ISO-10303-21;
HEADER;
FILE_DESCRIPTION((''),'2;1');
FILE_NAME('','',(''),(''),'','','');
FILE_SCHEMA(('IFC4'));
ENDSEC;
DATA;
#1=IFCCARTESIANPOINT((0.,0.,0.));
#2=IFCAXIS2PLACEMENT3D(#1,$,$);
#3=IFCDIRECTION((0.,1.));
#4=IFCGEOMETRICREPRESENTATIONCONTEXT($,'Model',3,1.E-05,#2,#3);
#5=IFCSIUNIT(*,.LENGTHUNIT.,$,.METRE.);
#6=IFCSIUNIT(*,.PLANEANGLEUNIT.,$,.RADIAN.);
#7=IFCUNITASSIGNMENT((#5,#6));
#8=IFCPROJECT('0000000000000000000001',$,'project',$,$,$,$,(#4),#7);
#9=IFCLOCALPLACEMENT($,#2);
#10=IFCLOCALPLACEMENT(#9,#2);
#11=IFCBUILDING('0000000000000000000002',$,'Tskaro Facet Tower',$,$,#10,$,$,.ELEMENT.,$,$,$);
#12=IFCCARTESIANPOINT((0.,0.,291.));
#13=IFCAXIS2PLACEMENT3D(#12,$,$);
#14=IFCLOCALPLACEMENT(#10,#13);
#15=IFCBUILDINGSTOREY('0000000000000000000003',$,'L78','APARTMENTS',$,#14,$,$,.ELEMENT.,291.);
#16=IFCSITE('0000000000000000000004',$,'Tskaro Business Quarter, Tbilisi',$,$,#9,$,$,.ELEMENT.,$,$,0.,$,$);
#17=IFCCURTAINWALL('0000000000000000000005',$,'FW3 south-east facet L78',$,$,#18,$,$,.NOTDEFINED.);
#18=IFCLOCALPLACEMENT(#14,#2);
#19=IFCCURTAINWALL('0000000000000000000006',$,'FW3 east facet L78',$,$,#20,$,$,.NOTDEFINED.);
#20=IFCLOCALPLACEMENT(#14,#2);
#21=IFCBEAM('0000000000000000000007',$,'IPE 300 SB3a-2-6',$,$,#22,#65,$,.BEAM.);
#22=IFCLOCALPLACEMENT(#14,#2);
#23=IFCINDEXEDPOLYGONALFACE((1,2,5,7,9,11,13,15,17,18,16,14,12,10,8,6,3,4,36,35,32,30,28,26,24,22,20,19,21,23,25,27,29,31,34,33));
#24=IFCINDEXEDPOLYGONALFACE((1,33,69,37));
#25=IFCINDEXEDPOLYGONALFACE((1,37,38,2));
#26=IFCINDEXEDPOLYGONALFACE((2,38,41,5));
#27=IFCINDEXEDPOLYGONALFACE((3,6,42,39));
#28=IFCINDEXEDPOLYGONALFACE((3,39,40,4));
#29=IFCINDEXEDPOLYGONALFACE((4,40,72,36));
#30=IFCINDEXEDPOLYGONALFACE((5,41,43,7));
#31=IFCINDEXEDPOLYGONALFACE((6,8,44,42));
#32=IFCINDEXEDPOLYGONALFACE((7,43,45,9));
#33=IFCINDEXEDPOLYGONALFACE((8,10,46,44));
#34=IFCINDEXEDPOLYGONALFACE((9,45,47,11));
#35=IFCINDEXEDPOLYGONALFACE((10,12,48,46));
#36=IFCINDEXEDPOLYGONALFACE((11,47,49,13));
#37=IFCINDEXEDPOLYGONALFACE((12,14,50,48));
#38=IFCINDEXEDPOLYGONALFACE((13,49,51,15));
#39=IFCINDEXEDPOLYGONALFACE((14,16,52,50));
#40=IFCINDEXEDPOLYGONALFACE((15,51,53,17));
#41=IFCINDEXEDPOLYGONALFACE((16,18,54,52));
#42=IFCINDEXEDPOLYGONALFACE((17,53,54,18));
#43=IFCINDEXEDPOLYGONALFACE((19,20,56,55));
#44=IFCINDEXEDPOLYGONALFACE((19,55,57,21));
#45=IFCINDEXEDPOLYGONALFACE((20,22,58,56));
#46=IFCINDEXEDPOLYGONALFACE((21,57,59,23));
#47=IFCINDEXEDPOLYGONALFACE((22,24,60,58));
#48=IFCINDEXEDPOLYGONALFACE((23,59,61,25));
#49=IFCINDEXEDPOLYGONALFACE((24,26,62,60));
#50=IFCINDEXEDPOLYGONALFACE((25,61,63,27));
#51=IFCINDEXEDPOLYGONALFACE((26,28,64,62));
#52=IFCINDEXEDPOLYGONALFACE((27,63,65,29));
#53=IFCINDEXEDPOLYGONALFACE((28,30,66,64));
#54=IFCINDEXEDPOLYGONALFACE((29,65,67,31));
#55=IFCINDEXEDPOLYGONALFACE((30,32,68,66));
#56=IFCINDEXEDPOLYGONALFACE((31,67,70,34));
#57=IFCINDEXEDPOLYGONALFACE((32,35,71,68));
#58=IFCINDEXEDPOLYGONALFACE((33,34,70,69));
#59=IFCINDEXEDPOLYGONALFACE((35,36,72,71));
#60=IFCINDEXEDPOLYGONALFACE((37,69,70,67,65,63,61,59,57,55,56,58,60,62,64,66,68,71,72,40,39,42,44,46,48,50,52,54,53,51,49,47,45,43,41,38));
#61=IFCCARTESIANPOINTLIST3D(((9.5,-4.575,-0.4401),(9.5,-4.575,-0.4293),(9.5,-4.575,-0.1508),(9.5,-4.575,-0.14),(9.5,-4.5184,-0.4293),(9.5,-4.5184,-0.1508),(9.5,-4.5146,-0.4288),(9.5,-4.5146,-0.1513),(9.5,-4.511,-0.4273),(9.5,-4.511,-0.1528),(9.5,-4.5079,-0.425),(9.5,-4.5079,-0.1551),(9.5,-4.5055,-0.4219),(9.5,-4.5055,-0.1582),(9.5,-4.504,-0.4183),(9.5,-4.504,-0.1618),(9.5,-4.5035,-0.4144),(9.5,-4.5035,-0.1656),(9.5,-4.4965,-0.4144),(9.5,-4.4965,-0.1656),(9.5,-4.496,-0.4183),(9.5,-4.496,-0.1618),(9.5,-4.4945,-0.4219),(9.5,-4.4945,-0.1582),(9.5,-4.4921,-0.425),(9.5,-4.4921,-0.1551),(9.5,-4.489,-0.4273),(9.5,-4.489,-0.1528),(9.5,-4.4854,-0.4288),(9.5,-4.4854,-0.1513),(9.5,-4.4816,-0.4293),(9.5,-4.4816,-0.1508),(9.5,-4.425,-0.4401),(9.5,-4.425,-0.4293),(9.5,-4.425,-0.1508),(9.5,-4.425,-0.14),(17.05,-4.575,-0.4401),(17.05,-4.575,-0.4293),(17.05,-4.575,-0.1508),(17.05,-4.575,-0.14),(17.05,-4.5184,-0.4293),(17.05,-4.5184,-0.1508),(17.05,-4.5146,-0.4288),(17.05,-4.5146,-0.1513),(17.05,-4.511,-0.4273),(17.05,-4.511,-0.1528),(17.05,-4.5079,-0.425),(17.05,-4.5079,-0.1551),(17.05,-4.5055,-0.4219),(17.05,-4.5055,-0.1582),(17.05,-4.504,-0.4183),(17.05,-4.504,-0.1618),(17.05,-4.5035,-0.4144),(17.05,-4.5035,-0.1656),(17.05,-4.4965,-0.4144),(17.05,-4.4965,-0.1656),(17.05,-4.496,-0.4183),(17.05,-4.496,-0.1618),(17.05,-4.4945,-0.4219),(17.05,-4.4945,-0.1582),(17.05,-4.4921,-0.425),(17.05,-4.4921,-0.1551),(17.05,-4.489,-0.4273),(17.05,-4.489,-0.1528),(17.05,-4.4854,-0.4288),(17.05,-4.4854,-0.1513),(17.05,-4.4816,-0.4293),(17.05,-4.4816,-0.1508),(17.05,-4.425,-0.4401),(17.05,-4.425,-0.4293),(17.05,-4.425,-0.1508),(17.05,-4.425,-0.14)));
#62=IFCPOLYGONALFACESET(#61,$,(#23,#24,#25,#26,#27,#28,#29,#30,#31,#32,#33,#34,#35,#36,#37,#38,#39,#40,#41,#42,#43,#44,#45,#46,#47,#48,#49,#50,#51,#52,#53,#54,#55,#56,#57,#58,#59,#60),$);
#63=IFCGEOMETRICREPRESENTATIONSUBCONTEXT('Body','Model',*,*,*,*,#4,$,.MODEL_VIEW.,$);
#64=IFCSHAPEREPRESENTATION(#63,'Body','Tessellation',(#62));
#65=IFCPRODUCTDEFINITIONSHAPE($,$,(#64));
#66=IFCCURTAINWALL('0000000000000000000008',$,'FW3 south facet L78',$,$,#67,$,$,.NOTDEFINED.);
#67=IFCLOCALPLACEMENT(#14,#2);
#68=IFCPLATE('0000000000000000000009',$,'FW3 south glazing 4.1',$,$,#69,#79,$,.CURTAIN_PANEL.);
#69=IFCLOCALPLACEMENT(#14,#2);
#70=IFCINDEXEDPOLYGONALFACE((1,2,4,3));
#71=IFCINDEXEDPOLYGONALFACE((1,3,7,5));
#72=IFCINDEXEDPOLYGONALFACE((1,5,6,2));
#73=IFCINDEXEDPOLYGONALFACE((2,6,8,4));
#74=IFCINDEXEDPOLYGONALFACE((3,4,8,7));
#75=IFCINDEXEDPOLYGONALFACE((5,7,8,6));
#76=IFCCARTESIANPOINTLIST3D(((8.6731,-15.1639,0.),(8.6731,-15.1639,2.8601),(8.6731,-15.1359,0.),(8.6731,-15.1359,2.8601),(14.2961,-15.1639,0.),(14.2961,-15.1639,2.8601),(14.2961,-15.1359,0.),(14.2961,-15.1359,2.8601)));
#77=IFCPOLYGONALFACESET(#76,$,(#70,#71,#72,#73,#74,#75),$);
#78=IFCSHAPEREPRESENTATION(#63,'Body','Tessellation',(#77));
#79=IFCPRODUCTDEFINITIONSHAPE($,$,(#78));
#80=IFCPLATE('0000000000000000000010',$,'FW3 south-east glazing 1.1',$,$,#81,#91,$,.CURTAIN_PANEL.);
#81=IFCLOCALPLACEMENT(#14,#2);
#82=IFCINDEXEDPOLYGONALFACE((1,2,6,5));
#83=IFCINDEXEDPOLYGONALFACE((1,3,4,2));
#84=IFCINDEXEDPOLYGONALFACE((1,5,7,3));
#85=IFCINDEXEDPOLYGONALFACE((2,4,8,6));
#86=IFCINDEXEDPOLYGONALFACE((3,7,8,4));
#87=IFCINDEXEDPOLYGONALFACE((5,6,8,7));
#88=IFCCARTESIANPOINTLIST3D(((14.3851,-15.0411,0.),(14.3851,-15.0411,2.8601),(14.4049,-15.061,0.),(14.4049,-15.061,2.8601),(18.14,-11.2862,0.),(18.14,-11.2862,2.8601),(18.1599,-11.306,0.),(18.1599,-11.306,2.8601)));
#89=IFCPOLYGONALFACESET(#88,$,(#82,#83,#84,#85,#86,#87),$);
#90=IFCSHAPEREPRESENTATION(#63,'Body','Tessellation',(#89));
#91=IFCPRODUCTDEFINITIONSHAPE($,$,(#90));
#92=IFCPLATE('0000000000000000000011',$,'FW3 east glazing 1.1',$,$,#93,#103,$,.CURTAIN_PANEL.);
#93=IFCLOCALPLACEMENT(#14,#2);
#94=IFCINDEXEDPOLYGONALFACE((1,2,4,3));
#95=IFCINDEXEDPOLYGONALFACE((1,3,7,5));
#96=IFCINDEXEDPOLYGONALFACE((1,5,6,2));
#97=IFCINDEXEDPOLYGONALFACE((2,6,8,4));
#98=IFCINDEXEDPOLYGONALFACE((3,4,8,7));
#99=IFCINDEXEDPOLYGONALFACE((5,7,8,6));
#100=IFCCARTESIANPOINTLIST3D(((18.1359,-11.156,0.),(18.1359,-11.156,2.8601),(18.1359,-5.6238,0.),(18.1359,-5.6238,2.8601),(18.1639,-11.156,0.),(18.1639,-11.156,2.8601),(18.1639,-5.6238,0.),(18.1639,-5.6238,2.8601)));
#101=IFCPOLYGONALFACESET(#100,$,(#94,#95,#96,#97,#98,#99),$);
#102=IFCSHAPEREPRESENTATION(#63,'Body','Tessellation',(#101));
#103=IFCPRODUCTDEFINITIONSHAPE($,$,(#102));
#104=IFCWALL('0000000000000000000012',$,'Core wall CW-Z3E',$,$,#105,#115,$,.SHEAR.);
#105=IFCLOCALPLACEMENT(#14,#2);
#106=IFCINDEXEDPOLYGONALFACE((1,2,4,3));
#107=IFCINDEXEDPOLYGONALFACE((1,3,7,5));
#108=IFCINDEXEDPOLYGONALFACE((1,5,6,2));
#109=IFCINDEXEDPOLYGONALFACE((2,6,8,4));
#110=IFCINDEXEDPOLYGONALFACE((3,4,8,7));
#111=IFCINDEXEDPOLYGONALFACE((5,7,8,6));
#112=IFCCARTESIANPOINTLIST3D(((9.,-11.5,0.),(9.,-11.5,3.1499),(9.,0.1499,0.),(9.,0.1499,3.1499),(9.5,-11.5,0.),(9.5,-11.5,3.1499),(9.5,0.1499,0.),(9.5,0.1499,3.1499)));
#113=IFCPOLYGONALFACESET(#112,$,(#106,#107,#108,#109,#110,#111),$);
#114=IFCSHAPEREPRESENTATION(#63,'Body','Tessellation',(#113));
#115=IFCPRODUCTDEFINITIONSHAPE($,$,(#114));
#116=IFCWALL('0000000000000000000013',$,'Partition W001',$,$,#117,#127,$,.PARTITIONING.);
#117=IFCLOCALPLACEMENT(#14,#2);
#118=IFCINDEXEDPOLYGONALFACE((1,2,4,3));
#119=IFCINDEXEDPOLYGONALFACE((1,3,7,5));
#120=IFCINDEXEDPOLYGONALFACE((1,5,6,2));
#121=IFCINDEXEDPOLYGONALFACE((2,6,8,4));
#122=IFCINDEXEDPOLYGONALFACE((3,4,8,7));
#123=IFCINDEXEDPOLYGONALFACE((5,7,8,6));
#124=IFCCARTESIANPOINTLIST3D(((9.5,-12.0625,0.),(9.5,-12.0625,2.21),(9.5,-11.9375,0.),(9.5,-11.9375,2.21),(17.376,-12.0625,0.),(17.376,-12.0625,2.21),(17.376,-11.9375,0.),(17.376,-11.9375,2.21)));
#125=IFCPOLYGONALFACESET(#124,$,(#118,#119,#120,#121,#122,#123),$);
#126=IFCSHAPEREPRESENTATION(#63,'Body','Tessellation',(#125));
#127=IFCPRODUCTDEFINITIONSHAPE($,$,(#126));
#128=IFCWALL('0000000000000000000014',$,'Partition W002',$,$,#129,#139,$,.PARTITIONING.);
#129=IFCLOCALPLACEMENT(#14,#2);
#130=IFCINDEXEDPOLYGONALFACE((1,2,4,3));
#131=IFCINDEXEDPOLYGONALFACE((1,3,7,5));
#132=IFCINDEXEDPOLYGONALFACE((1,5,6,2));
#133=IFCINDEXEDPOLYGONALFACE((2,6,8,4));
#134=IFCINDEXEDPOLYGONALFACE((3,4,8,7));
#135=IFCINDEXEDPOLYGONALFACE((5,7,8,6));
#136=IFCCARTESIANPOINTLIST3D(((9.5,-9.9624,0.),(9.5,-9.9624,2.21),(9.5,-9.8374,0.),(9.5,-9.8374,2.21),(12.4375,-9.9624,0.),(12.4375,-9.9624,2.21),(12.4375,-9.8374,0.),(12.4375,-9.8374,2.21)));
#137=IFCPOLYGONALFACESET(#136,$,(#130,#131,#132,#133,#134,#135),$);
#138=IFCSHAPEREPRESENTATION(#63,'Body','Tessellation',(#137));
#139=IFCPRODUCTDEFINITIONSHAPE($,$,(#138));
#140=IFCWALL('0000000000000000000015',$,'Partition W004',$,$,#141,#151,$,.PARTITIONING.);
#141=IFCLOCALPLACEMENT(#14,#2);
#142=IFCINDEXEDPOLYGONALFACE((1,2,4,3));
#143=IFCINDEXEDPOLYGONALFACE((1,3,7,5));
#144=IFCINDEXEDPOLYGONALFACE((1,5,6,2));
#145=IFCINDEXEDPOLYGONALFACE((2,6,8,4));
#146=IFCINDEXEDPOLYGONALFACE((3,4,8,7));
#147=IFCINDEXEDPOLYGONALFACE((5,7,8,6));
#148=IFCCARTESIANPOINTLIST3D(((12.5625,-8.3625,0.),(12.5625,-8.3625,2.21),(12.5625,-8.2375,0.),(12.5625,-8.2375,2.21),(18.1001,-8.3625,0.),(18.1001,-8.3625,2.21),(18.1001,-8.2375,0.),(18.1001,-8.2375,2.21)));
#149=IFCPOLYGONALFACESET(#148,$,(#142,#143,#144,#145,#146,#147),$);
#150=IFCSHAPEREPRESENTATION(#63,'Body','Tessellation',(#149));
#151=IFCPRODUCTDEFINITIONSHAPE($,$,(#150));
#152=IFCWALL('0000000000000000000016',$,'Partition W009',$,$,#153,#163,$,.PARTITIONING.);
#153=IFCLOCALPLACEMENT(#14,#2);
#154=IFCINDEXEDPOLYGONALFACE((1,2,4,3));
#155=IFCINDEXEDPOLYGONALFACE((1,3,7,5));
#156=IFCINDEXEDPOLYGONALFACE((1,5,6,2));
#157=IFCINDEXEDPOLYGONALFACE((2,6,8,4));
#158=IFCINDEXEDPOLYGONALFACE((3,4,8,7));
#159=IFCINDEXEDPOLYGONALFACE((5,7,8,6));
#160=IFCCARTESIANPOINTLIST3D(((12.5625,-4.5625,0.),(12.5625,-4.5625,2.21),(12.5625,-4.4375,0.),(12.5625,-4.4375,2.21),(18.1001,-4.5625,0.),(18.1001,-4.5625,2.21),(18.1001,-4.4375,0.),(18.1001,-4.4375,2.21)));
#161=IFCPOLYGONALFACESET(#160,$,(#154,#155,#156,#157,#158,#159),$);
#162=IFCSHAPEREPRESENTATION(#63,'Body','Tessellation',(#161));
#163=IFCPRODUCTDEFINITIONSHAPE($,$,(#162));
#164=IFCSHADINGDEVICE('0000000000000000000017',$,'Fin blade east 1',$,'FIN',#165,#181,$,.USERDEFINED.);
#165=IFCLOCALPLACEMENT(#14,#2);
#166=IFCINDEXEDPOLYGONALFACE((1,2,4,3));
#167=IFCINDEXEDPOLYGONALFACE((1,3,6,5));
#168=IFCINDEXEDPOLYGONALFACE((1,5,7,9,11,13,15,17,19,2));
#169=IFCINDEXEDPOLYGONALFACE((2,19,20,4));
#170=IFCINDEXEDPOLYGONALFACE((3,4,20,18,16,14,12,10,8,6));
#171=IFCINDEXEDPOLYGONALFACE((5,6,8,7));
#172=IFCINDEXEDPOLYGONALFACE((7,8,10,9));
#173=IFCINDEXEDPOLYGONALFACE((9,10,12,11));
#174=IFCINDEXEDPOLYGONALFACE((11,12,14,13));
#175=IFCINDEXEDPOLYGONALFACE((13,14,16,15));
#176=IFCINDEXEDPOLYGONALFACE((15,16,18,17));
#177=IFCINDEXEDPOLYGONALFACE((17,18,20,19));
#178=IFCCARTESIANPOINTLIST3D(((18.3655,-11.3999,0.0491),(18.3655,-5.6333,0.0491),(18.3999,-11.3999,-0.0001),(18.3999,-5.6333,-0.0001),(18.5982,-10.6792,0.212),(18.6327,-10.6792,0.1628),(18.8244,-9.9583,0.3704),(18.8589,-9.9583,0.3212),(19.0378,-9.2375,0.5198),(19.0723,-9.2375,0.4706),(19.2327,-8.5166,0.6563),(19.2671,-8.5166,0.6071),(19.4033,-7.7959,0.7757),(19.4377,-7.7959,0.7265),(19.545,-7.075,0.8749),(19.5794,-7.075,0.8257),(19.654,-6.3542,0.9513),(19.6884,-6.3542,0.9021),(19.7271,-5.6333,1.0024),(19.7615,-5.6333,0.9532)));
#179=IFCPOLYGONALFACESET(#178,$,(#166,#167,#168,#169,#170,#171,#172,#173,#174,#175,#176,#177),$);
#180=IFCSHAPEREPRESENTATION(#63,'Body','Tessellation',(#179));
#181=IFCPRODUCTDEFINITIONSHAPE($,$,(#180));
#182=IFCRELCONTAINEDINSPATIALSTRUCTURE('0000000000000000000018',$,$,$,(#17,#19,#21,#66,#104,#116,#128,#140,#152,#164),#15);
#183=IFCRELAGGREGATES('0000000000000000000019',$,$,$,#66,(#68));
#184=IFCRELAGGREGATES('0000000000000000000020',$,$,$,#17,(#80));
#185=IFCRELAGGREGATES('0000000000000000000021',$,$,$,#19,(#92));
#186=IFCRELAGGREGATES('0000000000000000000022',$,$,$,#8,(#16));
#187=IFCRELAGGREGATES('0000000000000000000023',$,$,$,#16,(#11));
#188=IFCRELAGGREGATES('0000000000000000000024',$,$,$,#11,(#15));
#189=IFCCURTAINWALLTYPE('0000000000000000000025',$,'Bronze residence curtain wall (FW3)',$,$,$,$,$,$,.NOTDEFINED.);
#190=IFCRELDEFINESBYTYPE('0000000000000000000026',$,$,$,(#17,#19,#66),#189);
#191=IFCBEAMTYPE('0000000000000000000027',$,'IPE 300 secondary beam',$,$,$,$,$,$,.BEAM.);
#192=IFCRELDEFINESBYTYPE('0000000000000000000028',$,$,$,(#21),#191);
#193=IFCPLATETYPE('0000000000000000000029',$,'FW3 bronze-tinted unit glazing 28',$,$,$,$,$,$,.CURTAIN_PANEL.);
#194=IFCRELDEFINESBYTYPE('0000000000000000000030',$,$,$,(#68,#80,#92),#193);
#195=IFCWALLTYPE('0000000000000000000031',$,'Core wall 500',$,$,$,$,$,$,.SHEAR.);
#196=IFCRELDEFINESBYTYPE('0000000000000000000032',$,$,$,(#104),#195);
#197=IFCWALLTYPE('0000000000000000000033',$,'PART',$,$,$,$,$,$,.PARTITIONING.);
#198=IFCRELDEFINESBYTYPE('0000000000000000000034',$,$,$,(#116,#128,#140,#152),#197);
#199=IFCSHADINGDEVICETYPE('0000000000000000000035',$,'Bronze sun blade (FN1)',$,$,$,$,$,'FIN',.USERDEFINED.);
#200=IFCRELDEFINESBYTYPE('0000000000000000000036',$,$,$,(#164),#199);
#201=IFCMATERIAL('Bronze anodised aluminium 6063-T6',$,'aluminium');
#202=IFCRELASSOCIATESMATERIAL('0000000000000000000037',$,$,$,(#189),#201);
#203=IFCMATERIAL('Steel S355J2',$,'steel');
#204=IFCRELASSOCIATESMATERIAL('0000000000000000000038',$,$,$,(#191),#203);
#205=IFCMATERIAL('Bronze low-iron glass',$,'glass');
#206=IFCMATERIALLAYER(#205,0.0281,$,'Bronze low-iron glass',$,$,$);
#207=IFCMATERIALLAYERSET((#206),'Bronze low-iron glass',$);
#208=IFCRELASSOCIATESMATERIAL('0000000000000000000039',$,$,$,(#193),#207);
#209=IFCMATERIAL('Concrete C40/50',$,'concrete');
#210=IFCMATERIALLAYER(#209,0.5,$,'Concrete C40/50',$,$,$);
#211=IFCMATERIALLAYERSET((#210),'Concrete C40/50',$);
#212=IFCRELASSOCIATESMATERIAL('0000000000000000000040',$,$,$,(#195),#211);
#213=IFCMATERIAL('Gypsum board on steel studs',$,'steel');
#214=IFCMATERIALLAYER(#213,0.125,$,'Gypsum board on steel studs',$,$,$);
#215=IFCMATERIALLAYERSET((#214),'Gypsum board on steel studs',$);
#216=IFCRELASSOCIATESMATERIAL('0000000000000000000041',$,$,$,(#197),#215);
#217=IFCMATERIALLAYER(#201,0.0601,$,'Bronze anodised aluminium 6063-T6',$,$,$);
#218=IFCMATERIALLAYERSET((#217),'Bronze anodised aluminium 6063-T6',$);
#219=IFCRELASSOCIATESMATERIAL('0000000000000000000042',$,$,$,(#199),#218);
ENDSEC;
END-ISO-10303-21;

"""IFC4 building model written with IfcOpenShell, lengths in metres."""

from ifc_helpers import new_model, si_unit, direction, frame, frame_2d, origin, origin_2d, place, context, subcontext, project, spatial, polyline, rectangle, i_section, outline, extrude, material, layer, layer_set, material_profile, profile_set, type_object, element, aggregate, save


model = new_model("IFC4")

# Units and contexts
model_context = context("Model", 3, precision=1e-05, world=origin(), true_north=direction((0.0, 1.0)))
body_context = subcontext(model_context, "Body", "Model", "MODEL_VIEW")
ifc_project = project(units=[si_unit("LENGTHUNIT", "METRE"), si_unit("PLANEANGLEUNIT", "RADIAN")], contexts=[model_context])

# Site, building, storey
site_placement = place(None, origin())
site = spatial("IfcSite", under=ifc_project, at=site_placement, Name="Tskaro Business Quarter, Tbilisi", CompositionType="ELEMENT", RefElevation=0.0)
building_placement = place(site_placement, origin())
building = spatial("IfcBuilding", under=site, at=building_placement, Name="Tskaro Facet Tower", CompositionType="ELEMENT")
storey_placement = place(building_placement, frame((0.0, 0.0, 291.0)))
storey = spatial("IfcBuildingStorey", under=building, at=storey_placement, Name="L78", Description="APARTMENTS", CompositionType="ELEMENT", Elevation=291.0)

# Shared definitions
ifc_material_1 = material(Name="Steel S355J2", Category="steel")

# Curtain wall
ifc_material_2 = material(Name="Bronze anodised aluminium 6063-T6", Category="aluminium")
curtain_wall_type = type_object("IfcCurtainWallType", Name="Bronze residence curtain wall (FW3)", PredefinedType="NOTDEFINED", material=ifc_material_2)
curtain_wall_1_placement = place(storey_placement, origin())
curtain_wall_1 = element("IfcCurtainWall", 1, at=curtain_wall_1_placement, inside=storey, type_object=curtain_wall_type, Name="FW3 south-east facet L78", PredefinedType="NOTDEFINED")

# Curtain wall
curtain_wall_2_placement = place(storey_placement, origin())
curtain_wall_2 = element("IfcCurtainWall", 2, at=curtain_wall_2_placement, inside=storey, type_object=curtain_wall_type, Name="FW3 east facet L78", PredefinedType="NOTDEFINED")

# Beam
ifc_material_profile_1 = material_profile(ifc_material_1, i_section(OverallWidth=0.1499, OverallDepth=0.3, WebThickness=0.0071, FlangeThickness=0.0107, FilletRadius=0.0149, at=origin_2d()), Name="IPE 300")
ifc_profile_set_1 = profile_set([ifc_material_profile_1], Name="Steel S355J2")
beam_type_1 = type_object("IfcBeamType", Name="IPE 300 secondary beam", PredefinedType="BEAM", material=ifc_profile_set_1)
beam_1_placement = place(storey_placement, frame((9.5, -4.5, -0.29), z_axis=(1.0, 0.0, 0.0), x_axis=(0.0, 1.0, 0.0)))
element("IfcBeam", 3, at=beam_1_placement, inside=storey, type_object=beam_type_1, Name="IPE 300 SB3a-2-6", PredefinedType="BEAM", context=body_context, shape_type="SweptSolid", body=[
    extrude(i_section(OverallWidth=0.1499, OverallDepth=0.3, WebThickness=0.0071, FlangeThickness=0.0107, FilletRadius=0.0149, at=origin_2d()), origin(), (0.0, 0.0, 1.0), 7.55),
])

# Curtain wall, plate
curtain_wall_3_placement = place(storey_placement, origin())
curtain_wall_3 = element("IfcCurtainWall", 4, at=curtain_wall_3_placement, inside=storey, type_object=curtain_wall_type, Name="FW3 south facet L78", PredefinedType="NOTDEFINED")
ifc_material_3 = material(Name="Bronze low-iron glass", Category="glass")
ifc_layer_1 = layer(ifc_material_3, 0.0281, Name="Bronze low-iron glass")
ifc_layer_set_1 = layer_set([ifc_layer_1], Name="Bronze low-iron glass")
plate_type = type_object("IfcPlateType", Name="FW3 bronze-tinted unit glazing 28", PredefinedType="CURTAIN_PANEL", material=ifc_layer_set_1)
plate_1_placement = place(storey_placement, frame((11.4846, -15.1499, 0.0), z_axis=(0.0, 0.0, 1.0), x_axis=(1.0, 0.0, 0.0)))
plate_1 = element("IfcPlate", 5, at=plate_1_placement, type_object=plate_type, Name="FW3 south glazing 4.1", PredefinedType="CURTAIN_PANEL", context=body_context, shape_type="SweptSolid", body=[
    extrude(rectangle(XDim=5.623, YDim=0.0281, at=origin_2d()), origin(), (0.0, 0.0, 1.0), 2.8601),
])
aggregate(curtain_wall_3, [plate_1])

# Plates
plate_2_placement = place(storey_placement, frame((16.2725, -13.1736, 0.0), z_axis=(0.0, 0.0, 1.0), x_axis=(0.707107, 0.707107, 0.0)))
plate_2 = element("IfcPlate", 6, at=plate_2_placement, type_object=plate_type, Name="FW3 south-east glazing 1.1", PredefinedType="CURTAIN_PANEL", context=body_context, shape_type="SweptSolid", body=[
    extrude(rectangle(XDim=5.3103, YDim=0.0281, at=origin_2d()), origin(), (0.0, 0.0, 1.0), 2.8601),
])
aggregate(curtain_wall_1, [plate_2])
plate_3_placement = place(storey_placement, frame((18.1499, -8.3899, 0.0), z_axis=(0.0, 0.0, 1.0), x_axis=(0.0, 1.0, 0.0)))
plate_3 = element("IfcPlate", 7, at=plate_3_placement, type_object=plate_type, Name="FW3 east glazing 1.1", PredefinedType="CURTAIN_PANEL", context=body_context, shape_type="SweptSolid", body=[
    extrude(rectangle(XDim=5.5322, YDim=0.0281, at=origin_2d()), origin(), (0.0, 0.0, 1.0), 2.8601),
])
aggregate(curtain_wall_2, [plate_3])

# Walls
ifc_material_4 = material(Name="Concrete C40/50", Category="concrete")
ifc_layer_2 = layer(ifc_material_4, 0.5, Name="Concrete C40/50")
ifc_layer_set_2 = layer_set([ifc_layer_2], Name="Concrete C40/50")
wall_type_1 = type_object("IfcWallType", Name="Core wall 500", PredefinedType="SHEAR", material=ifc_layer_set_2)
wall_1_placement = place(storey_placement, frame((9.25, -11.5, 0.0), z_axis=(0.0, 0.0, 1.0), x_axis=(0.0, 1.0, 0.0)))
element("IfcWall", 8, at=wall_1_placement, inside=storey, type_object=wall_type_1, Name="Core wall CW-Z3E", PredefinedType="SHEAR", context=body_context, shape_type="SweptSolid", body=[
    extrude(rectangle(XDim=11.6499, YDim=0.5, at=frame_2d((5.825, 0.0))), origin(), (0.0, 0.0, 1.0), 3.1499),
])
ifc_material_5 = material(Name="Gypsum board on steel studs", Category="steel")
ifc_layer_3 = layer(ifc_material_5, 0.125, Name="Gypsum board on steel studs")
ifc_layer_set_3 = layer_set([ifc_layer_3], Name="Gypsum board on steel studs")
wall_type_2 = type_object("IfcWallType", Name="PART", PredefinedType="PARTITIONING", material=ifc_layer_set_3)
wall_2_placement = place(storey_placement, frame((9.5, -12.0, 0.0), z_axis=(0.0, 0.0, 1.0), x_axis=(1.0, 0.0, 0.0)))
element("IfcWall", 9, at=wall_2_placement, inside=storey, type_object=wall_type_2, Name="Partition W001", PredefinedType="PARTITIONING", context=body_context, shape_type="SweptSolid", body=[
    extrude(rectangle(XDim=7.876, YDim=0.125, at=frame_2d((3.938, 0.0))), origin(), (0.0, 0.0, 1.0), 2.21),
])
wall_3_placement = place(storey_placement, frame((9.5, -9.8999, 0.0), z_axis=(0.0, 0.0, 1.0), x_axis=(1.0, 0.0, 0.0)))
element("IfcWall", 10, at=wall_3_placement, inside=storey, type_object=wall_type_2, Name="Partition W002", PredefinedType="PARTITIONING", context=body_context, shape_type="SweptSolid", body=[
    extrude(rectangle(XDim=2.9375, YDim=0.125, at=frame_2d((1.4688, 0.0))), origin(), (0.0, 0.0, 1.0), 2.21),
])
for number, where, z_axis, x_axis, name in (
    (11, (12.5625, -8.3, 0.0), (0.0, 0.0, 1.0), (1.0, 0.0, 0.0), "Partition W004"),
    (12, (12.5625, -4.5, 0.0), (0.0, 0.0, 1.0), (1.0, 0.0, 0.0), "Partition W009"),
):
    element("IfcWall", number, at=place(storey_placement, frame(where, z_axis=z_axis, x_axis=x_axis)), inside=storey, type_object=wall_type_2, Name=name, PredefinedType="PARTITIONING", context=body_context, shape_type="SweptSolid", body=[
        extrude(rectangle(XDim=5.5376, YDim=0.125, at=frame_2d((2.7688, 0.0))), origin(), (0.0, 0.0, 1.0), 2.21),
    ])

# Shading device
ifc_layer_4 = layer(ifc_material_2, 0.0601, Name="Bronze anodised aluminium 6063-T6")
ifc_layer_set_4 = layer_set([ifc_layer_4], Name="Bronze anodised aluminium 6063-T6")
shading_device_type = type_object("IfcShadingDeviceType", Name="Bronze sun blade (FN1)", ElementType="FIN", PredefinedType="USERDEFINED", material=ifc_layer_set_4)
shading_device_1_placement = place(storey_placement, frame((18.3655, -11.3999, 0.0491), z_axis=(-0.573551, -0.000005, 0.81917), x_axis=(-0.000003, 1.0, 0.000004)))
element("IfcShadingDevice", 13, at=shading_device_1_placement, inside=storey, type_object=shading_device_type, Name="Fin blade east 1", ObjectType="FIN", PredefinedType="USERDEFINED", context=body_context, shape_type="SweptSolid", body=[
    extrude(outline(polyline([(0.0, 0.0), (5.7666, 0.0), (5.7666, -1.6622), (5.0457, -1.573), (4.325, -1.4399), (3.604, -1.2669), (2.8833, -1.0586), (2.1624, -0.8208), (1.4417, -0.5603), (0.7207, -0.2841), (0.0, 0.0)])), origin(), (0.0, 0.0, -1.0), 0.0601),
])

save(model, "model.ifc")
